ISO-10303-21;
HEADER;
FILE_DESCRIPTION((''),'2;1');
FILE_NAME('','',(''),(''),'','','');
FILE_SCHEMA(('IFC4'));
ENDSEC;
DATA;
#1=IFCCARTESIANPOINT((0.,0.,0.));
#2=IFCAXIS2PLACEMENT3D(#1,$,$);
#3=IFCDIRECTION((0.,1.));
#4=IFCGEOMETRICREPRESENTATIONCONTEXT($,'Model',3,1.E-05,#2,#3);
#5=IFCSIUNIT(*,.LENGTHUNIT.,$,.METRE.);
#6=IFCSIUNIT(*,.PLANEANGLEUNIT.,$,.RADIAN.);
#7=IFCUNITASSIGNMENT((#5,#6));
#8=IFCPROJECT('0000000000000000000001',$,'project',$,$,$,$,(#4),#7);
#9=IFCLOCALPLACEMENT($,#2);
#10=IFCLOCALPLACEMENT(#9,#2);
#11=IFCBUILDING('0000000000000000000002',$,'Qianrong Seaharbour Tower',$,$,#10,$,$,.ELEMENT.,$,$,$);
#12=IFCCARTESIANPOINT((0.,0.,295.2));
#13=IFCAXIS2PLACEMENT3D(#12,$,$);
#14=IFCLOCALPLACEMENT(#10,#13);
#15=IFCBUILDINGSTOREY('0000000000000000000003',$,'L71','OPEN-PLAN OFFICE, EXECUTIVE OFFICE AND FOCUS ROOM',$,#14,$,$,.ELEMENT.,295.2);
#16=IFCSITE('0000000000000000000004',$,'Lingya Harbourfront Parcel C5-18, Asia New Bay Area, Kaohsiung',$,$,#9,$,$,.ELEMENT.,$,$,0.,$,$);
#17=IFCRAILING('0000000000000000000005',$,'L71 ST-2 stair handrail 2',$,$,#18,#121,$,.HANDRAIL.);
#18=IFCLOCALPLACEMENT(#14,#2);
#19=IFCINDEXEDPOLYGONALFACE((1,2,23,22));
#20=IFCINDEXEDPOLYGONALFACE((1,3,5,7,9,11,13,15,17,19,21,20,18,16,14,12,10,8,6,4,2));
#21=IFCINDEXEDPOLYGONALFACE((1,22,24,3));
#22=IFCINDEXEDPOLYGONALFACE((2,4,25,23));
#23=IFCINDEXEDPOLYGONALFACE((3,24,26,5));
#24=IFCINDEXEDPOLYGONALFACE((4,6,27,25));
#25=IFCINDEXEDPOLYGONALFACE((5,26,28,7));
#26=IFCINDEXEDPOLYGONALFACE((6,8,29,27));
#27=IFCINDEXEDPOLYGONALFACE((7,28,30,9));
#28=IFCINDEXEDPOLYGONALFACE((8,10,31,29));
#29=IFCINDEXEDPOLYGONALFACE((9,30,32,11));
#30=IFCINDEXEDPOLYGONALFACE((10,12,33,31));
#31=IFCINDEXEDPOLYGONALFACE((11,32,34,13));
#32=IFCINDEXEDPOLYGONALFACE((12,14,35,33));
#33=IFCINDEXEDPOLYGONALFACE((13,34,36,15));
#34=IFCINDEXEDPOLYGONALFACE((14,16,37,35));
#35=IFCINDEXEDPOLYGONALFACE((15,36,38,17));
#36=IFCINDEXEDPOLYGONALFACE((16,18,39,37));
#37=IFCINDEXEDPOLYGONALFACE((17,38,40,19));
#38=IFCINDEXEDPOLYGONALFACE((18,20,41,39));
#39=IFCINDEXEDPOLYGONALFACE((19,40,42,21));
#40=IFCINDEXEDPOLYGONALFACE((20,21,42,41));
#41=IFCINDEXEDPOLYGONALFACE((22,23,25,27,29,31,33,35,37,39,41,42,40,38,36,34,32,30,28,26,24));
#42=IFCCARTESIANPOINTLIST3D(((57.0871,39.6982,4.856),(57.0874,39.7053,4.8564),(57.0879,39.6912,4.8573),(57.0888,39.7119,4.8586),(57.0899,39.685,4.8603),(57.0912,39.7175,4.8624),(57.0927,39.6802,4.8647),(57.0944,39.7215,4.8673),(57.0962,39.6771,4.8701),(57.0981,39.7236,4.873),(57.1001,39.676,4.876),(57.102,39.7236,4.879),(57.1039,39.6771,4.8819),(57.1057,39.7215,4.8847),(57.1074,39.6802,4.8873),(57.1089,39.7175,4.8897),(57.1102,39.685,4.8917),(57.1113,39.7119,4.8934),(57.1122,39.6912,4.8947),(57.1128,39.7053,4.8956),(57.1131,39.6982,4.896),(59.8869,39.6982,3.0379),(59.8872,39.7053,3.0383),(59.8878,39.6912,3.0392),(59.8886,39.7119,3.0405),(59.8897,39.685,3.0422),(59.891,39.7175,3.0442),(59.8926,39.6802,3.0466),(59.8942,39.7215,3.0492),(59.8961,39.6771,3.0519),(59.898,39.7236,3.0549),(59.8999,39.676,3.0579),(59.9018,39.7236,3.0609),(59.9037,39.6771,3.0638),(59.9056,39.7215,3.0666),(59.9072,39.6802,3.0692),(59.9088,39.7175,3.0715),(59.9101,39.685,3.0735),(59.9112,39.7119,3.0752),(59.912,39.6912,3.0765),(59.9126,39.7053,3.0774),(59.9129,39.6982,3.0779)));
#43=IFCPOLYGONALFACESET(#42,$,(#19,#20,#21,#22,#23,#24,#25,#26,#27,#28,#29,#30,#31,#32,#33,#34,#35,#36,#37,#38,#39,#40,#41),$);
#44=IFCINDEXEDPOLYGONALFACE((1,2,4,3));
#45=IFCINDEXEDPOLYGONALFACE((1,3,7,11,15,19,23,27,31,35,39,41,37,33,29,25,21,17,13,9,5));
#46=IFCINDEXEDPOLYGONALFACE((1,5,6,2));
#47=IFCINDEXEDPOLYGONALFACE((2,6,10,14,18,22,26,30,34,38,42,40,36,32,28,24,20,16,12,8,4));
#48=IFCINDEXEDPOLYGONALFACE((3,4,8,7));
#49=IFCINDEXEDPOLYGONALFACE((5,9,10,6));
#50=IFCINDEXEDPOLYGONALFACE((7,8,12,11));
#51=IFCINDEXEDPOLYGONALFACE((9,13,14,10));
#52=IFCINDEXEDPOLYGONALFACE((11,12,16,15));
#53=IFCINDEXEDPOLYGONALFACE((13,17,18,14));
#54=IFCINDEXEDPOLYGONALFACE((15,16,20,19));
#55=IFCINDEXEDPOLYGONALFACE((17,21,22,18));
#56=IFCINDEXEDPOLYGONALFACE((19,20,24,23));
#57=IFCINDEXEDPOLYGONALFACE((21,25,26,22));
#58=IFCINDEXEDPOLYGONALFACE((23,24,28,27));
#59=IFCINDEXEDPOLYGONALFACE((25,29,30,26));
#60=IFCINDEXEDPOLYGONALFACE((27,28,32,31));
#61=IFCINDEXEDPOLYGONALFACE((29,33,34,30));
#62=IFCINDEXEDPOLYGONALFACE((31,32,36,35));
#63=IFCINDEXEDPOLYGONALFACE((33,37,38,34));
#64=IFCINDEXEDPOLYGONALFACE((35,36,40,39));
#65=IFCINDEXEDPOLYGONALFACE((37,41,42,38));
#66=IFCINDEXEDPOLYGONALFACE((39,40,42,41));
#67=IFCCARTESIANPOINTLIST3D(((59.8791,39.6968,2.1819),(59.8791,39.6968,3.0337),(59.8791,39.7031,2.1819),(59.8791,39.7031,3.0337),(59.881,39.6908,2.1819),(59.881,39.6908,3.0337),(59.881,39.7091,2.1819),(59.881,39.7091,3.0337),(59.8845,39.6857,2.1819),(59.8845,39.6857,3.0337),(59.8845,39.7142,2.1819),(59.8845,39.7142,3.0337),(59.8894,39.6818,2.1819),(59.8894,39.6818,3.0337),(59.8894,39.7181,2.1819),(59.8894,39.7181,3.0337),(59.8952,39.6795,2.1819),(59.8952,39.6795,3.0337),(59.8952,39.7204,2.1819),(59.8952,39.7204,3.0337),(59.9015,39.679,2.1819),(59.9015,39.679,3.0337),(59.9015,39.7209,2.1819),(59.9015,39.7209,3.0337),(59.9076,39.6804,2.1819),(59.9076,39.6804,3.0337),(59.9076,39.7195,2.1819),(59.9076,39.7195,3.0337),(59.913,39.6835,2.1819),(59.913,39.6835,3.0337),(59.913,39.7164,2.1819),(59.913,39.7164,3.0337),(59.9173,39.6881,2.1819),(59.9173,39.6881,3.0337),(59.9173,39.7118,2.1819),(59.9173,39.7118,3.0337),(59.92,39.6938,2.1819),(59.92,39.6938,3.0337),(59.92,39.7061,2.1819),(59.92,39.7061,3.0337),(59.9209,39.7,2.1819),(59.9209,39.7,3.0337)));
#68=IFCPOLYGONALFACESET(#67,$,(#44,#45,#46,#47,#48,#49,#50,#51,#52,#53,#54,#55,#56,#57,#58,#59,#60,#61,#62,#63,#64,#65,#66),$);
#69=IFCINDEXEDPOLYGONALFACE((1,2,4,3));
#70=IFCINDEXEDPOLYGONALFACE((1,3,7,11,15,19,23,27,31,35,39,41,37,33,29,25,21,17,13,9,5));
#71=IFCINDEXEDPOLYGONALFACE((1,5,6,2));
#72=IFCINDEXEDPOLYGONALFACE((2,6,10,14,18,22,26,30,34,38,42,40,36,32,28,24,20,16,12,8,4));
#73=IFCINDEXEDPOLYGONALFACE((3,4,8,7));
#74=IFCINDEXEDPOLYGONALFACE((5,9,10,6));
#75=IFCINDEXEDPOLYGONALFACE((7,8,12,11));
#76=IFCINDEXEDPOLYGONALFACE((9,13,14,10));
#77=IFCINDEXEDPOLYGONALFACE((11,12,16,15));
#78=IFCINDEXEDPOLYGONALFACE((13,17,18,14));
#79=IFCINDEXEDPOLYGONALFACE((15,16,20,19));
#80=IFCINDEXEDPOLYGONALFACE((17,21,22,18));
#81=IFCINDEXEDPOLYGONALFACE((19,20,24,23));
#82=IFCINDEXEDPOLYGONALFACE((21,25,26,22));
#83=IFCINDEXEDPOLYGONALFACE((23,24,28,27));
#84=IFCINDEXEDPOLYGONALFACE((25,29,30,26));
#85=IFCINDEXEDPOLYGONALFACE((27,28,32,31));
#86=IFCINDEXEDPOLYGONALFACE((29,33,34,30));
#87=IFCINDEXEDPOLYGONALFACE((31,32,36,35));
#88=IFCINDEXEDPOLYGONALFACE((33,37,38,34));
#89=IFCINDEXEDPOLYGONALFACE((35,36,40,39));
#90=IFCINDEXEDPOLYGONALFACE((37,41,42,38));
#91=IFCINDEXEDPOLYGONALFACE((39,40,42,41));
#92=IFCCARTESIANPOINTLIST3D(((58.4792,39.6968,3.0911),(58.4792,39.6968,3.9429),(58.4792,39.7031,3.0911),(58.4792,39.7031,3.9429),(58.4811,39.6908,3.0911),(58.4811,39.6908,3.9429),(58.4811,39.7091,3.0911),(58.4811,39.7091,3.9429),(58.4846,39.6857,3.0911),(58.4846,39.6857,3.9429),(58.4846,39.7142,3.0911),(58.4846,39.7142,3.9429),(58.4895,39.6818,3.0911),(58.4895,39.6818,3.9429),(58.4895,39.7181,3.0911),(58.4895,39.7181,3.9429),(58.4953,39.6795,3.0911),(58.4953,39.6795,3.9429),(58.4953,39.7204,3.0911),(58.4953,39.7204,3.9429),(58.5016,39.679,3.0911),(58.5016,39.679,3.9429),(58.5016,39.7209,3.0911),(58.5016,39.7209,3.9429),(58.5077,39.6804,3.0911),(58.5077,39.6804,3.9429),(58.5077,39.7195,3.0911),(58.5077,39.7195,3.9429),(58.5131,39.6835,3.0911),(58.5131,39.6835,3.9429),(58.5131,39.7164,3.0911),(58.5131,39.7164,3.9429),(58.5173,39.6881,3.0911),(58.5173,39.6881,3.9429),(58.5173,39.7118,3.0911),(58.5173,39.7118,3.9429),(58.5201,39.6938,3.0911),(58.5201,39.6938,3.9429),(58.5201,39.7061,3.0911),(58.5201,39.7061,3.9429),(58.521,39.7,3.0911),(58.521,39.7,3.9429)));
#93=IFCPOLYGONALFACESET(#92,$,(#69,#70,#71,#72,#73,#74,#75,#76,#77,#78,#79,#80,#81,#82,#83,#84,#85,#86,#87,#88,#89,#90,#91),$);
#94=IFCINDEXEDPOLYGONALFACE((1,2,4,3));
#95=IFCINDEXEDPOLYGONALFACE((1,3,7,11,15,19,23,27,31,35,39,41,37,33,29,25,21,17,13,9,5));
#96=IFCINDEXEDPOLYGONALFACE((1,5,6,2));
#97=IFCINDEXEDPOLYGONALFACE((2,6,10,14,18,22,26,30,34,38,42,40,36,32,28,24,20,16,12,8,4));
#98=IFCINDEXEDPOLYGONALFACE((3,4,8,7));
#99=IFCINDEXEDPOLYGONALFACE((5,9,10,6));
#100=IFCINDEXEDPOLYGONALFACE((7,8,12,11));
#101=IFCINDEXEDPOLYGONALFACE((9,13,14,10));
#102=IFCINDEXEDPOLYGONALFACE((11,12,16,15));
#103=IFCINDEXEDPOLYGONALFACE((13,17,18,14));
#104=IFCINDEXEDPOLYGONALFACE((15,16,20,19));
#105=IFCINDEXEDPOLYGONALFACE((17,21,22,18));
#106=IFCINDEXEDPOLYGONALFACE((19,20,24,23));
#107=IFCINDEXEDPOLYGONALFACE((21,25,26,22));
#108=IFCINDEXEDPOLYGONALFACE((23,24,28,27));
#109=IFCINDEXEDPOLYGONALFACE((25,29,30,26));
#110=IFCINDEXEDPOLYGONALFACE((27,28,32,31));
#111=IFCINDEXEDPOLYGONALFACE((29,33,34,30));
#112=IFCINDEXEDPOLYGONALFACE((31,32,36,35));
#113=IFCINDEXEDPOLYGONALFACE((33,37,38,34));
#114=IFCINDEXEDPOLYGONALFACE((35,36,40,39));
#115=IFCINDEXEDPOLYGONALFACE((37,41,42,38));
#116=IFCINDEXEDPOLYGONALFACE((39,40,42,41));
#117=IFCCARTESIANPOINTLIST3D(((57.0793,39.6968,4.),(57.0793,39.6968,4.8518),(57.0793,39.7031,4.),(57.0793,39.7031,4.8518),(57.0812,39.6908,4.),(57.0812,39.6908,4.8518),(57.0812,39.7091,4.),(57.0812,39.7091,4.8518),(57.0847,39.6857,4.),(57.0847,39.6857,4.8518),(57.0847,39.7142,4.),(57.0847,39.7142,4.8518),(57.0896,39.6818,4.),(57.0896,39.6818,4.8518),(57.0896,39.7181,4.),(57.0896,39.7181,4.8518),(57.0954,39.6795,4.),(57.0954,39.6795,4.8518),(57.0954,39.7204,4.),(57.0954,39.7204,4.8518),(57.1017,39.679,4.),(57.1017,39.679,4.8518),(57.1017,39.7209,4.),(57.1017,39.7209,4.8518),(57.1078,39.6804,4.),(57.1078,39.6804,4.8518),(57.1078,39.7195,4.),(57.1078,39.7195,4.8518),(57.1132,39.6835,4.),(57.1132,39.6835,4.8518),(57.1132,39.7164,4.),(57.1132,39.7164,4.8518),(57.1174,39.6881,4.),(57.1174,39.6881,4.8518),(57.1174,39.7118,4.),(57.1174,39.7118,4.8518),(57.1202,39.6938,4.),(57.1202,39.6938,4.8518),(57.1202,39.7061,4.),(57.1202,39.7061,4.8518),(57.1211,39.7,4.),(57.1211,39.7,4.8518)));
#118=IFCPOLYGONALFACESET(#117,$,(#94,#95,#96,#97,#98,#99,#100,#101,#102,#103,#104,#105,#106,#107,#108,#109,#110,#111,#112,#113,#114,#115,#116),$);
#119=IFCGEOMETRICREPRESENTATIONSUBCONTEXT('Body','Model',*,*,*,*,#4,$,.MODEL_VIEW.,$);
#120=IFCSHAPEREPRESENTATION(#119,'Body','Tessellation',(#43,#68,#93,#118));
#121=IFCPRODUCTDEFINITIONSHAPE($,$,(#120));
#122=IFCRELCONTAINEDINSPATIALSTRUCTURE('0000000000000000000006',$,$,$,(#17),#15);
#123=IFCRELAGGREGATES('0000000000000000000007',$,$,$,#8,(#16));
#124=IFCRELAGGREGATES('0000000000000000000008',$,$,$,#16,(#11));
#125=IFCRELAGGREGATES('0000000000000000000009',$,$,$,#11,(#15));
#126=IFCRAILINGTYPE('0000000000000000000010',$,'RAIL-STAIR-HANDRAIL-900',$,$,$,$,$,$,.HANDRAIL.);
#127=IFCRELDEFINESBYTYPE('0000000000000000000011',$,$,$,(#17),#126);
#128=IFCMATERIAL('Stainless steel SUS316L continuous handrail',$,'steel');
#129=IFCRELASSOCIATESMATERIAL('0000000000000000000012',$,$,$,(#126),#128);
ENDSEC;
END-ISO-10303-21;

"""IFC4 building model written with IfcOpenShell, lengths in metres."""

from ifc_helpers import new_model, si_unit, direction, frame, origin, origin_2d, place, context, subcontext, project, spatial, circle, extrude, material, type_object, element, save


model = new_model("IFC4")

# Units and contexts
model_context = context("Model", 3, precision=1e-05, world=origin(), true_north=direction((0.0, 1.0)))
body_context = subcontext(model_context, "Body", "Model", "MODEL_VIEW")
ifc_project = project(units=[si_unit("LENGTHUNIT", "METRE"), si_unit("PLANEANGLEUNIT", "RADIAN")], contexts=[model_context])

# Site, building, storey
site_placement = place(None, origin())
site = spatial("IfcSite", under=ifc_project, at=site_placement, Name="Lingya Harbourfront Parcel C5-18, Asia New Bay Area, Kaohsiung", CompositionType="ELEMENT", RefElevation=0.0)
building_placement = place(site_placement, origin())
building = spatial("IfcBuilding", under=site, at=building_placement, Name="Qianrong Seaharbour Tower", CompositionType="ELEMENT")
storey_placement = place(building_placement, frame((0.0, 0.0, 295.2)))
storey = spatial("IfcBuildingStorey", under=building, at=storey_placement, Name="L71", Description="OPEN-PLAN OFFICE, EXECUTIVE OFFICE AND FOCUS ROOM", CompositionType="ELEMENT", Elevation=295.2)

# Railing
ifc_material_1 = material(Name="Stainless steel SUS316L continuous handrail", Category="steel")
railing_type_1 = type_object("IfcRailingType", Name="RAIL-STAIR-HANDRAIL-900", PredefinedType="HANDRAIL", material=ifc_material_1)
railing_1_placement = place(storey_placement, frame((59.8999, 39.7, 2.1819)))
element("IfcRailing", 1, at=railing_1_placement, inside=storey, type_object=railing_type_1, Name="L71 ST-2 stair handrail 2", PredefinedType="HANDRAIL", context=body_context, shape_type="SweptSolid", body=[
    extrude(circle(Radius=0.0239, at=origin_2d()), frame((0.0, 0.0, 0.876), z_axis=(-0.838684, 0.0, 0.544618), x_axis=(0.0, -1.0, 0.0)), (0.0, 0.0, 1.0), 3.3384),
    extrude(circle(Radius=0.021, at=origin_2d()), origin(), (0.0, 0.0, 1.0), 0.8518),
    extrude(circle(Radius=0.021, at=origin_2d()), frame((-1.3999, 0.0, 0.9092)), (0.0, 0.0, 1.0), 0.8518),
    extrude(circle(Radius=0.021, at=origin_2d()), frame((-2.7998, 0.0, 1.8181)), (0.0, 0.0, 1.0), 0.8518),
])

save(model, "model.ifc")
